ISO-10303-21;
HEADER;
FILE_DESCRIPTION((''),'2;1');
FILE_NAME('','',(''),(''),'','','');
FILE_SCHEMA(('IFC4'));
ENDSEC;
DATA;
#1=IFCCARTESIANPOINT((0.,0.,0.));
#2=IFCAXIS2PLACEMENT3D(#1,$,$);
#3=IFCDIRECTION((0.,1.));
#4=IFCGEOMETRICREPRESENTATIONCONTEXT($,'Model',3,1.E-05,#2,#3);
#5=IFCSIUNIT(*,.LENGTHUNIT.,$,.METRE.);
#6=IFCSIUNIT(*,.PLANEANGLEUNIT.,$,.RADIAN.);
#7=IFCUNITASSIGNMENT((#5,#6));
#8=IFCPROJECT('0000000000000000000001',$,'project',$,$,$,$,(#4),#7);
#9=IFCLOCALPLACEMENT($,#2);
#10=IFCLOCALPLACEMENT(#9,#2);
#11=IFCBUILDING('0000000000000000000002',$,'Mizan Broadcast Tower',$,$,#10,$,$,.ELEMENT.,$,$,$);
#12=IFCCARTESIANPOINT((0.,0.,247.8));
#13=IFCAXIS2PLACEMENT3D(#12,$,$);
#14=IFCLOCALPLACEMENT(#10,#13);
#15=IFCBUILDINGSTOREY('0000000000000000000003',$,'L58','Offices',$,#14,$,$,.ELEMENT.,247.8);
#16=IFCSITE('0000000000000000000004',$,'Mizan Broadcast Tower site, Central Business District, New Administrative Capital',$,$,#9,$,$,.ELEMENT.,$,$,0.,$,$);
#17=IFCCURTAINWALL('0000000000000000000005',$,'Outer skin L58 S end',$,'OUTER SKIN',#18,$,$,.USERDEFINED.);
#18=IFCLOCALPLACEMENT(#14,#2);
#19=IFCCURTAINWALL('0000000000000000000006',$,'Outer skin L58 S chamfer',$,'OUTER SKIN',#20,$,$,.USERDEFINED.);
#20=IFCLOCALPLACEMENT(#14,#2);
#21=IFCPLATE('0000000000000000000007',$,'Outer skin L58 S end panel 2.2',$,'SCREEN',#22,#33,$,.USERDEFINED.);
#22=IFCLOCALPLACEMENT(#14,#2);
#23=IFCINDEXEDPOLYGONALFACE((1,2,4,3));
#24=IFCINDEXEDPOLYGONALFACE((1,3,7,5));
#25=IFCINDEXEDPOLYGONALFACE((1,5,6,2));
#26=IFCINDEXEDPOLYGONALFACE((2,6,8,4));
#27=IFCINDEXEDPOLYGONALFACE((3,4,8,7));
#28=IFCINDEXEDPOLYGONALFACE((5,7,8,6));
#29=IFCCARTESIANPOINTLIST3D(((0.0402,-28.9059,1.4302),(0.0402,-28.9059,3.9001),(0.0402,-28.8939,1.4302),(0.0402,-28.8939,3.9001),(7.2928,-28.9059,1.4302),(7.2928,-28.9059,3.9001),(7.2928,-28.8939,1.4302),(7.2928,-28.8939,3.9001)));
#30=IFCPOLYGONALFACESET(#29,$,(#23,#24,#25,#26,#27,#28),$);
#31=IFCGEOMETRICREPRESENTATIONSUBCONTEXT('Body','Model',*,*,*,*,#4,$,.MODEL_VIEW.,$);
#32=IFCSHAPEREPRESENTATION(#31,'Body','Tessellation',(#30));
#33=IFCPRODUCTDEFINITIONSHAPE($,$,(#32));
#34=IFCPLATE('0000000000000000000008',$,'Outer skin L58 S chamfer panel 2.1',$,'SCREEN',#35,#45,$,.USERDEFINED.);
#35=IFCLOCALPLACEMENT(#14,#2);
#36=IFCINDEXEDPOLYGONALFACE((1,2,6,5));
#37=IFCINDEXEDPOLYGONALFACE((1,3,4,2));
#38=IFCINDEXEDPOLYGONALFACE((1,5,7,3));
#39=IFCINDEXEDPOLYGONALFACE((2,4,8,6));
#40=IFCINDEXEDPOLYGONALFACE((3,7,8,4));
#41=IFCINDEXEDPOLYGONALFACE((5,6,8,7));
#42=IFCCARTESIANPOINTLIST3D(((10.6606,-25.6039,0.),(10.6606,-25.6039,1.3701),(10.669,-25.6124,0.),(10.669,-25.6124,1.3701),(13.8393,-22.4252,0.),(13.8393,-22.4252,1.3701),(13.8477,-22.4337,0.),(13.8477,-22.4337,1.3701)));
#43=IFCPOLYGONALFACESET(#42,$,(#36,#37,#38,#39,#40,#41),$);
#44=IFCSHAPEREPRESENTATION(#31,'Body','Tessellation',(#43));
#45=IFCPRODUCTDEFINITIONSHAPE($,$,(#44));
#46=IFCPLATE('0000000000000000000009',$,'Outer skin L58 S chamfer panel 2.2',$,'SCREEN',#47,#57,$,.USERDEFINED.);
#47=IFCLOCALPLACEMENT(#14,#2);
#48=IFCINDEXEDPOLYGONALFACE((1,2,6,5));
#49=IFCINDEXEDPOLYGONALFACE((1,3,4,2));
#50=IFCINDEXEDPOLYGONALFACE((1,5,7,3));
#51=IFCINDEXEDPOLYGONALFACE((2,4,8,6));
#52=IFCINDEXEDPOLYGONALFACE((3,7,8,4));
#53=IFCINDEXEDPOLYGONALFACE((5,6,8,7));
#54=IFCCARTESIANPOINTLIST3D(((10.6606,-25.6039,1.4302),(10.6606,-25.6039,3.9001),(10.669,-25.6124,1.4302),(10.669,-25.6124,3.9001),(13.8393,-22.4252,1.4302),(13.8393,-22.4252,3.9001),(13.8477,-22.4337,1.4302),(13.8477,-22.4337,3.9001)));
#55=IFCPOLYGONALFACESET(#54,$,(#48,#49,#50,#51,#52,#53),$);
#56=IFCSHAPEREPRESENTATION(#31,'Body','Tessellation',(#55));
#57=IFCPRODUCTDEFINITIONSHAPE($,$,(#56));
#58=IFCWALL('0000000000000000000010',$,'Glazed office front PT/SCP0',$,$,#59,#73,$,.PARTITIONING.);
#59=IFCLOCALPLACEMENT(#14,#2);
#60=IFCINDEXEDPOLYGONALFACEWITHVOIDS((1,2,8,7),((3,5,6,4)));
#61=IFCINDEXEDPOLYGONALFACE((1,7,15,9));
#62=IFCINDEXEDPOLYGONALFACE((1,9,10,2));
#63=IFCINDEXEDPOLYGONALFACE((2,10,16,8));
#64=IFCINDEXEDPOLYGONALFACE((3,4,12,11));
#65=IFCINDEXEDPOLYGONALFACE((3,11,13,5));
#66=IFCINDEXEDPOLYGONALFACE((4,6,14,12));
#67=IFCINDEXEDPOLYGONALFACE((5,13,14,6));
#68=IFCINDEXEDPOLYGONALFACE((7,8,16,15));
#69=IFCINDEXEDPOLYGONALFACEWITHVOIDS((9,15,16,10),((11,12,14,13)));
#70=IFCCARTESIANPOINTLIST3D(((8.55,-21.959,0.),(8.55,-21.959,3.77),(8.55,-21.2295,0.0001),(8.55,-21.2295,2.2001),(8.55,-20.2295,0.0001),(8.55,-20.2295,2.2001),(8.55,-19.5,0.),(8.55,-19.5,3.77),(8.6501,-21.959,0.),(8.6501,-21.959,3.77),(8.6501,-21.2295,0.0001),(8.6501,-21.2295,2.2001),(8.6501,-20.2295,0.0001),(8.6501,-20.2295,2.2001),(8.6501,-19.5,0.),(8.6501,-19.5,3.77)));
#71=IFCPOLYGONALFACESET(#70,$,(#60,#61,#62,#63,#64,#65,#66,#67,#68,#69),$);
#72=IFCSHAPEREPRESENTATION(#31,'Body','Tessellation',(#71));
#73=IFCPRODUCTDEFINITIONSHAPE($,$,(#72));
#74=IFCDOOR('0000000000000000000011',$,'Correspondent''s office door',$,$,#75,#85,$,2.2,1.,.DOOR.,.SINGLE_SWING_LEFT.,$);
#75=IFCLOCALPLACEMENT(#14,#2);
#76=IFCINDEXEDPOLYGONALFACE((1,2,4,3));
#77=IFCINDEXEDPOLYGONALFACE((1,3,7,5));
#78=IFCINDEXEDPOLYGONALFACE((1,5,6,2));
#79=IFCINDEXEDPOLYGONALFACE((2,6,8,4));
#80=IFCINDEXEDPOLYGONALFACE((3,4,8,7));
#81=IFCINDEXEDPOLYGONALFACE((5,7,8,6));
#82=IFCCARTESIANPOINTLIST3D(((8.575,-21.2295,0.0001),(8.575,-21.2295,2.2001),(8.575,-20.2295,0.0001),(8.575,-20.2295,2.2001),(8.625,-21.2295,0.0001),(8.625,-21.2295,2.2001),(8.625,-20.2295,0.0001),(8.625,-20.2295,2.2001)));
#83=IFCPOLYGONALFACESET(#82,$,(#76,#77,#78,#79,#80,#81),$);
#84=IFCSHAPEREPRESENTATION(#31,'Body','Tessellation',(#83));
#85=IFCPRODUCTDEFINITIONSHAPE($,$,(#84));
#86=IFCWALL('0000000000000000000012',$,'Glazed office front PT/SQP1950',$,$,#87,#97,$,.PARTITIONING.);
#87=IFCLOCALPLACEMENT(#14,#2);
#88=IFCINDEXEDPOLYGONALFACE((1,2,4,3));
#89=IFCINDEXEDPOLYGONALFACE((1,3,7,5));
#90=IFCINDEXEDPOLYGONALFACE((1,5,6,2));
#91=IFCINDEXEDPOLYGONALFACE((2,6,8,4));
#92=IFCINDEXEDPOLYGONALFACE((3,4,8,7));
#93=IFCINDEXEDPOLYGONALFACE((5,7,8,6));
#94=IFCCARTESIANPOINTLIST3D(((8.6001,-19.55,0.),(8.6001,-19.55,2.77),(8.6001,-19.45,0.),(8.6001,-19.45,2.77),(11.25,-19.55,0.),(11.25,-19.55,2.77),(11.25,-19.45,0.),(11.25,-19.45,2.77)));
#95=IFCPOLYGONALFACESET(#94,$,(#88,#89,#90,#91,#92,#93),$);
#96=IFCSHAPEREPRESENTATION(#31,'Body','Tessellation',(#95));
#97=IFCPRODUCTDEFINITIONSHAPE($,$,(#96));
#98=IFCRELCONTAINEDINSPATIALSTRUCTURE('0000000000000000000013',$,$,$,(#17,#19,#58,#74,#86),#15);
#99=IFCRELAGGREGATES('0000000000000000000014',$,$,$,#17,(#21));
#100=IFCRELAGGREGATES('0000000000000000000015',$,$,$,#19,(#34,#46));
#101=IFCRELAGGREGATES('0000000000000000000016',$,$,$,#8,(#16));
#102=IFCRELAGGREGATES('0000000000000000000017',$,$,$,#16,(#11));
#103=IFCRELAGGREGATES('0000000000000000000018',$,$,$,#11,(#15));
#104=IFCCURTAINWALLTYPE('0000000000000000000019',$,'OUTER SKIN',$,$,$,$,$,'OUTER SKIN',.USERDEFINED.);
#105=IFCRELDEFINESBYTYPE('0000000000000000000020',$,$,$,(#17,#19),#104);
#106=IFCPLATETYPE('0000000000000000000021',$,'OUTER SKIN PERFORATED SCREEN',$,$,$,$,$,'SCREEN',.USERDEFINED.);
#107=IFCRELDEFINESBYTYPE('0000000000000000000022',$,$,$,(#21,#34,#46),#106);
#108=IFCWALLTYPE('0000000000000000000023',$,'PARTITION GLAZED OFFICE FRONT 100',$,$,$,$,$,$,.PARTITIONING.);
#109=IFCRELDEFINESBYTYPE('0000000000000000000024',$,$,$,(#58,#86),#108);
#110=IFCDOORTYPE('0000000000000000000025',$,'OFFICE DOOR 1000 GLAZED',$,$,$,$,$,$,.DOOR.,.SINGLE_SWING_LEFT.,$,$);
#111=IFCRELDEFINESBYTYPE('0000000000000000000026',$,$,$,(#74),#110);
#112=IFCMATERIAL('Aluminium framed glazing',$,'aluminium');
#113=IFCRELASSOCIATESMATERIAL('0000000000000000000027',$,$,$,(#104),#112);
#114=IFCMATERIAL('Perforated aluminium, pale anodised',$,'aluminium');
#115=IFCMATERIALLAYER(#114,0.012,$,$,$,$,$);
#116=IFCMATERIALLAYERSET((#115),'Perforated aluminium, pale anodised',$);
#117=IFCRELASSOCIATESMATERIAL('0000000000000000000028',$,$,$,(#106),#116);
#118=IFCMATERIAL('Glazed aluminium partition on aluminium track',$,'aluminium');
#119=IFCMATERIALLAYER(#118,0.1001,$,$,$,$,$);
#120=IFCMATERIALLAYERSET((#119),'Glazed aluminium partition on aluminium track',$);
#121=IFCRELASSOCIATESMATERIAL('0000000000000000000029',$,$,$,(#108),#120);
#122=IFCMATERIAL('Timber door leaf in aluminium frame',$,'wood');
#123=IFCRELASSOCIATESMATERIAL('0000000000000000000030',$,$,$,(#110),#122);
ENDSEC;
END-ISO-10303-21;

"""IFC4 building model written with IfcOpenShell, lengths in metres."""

from ifc_helpers import new_model, si_unit, direction, frame, frame_2d, origin, origin_2d, place, context, subcontext, project, spatial, rectangle, extrude, material, layer, layer_set, type_object, element, fill, aggregate, save


model = new_model("IFC4")

# Units and contexts
model_context = context("Model", 3, precision=1e-05, world=origin(), true_north=direction((0.0, 1.0)))
body_context = subcontext(model_context, "Body", "Model", "MODEL_VIEW")
ifc_project = project(units=[si_unit("LENGTHUNIT", "METRE"), si_unit("PLANEANGLEUNIT", "RADIAN")], contexts=[model_context])

# Site, building, storey
site_placement = place(None, origin())
site = spatial("IfcSite", under=ifc_project, at=site_placement, Name="Mizan Broadcast Tower site, Central Business District, New Administrative Capital", CompositionType="ELEMENT", RefElevation=0.0)
building_placement = place(site_placement, origin())
building = spatial("IfcBuilding", under=site, at=building_placement, Name="Mizan Broadcast Tower", CompositionType="ELEMENT")
storey_placement = place(building_placement, frame((0.0, 0.0, 247.8)))
storey = spatial("IfcBuildingStorey", under=building, at=storey_placement, Name="L58", Description="Offices", CompositionType="ELEMENT", Elevation=247.8)

# Curtain wall
ifc_material_1 = material(Name="Aluminium framed glazing", Category="aluminium")
curtain_wall_type_1 = type_object("IfcCurtainWallType", Name="OUTER SKIN", ElementType="OUTER SKIN", PredefinedType="USERDEFINED", material=ifc_material_1)
curtain_wall_1_placement = place(storey_placement, origin())
curtain_wall_1 = element("IfcCurtainWall", 1, at=curtain_wall_1_placement, inside=storey, type_object=curtain_wall_type_1, Name="Outer skin L58 S end", ObjectType="OUTER SKIN", PredefinedType="USERDEFINED")

# Curtain wall
curtain_wall_2_placement = place(storey_placement, origin())
curtain_wall_2 = element("IfcCurtainWall", 2, at=curtain_wall_2_placement, inside=storey, type_object=curtain_wall_type_1, Name="Outer skin L58 S chamfer", ObjectType="OUTER SKIN", PredefinedType="USERDEFINED")

# Plates
ifc_material_2 = material(Name="Perforated aluminium, pale anodised", Category="aluminium")
ifc_layer_1 = layer(ifc_material_2, 0.012)
ifc_layer_set_1 = layer_set([ifc_layer_1], Name="Perforated aluminium, pale anodised")
plate_type_1 = type_object("IfcPlateType", Name="OUTER SKIN PERFORATED SCREEN", ElementType="SCREEN", PredefinedType="USERDEFINED", material=ifc_layer_set_1)
plate_1_placement = place(storey_placement, frame((3.6665, -28.8999, 1.4302), z_axis=(0.0, 0.0, 1.0), x_axis=(1.0, 0.0, 0.0)))
plate_1 = element("IfcPlate", 3, at=plate_1_placement, type_object=plate_type_1, Name="Outer skin L58 S end panel 2.2", ObjectType="SCREEN", PredefinedType="USERDEFINED", context=body_context, shape_type="SweptSolid", body=[
    extrude(rectangle(XDim=7.2527, YDim=0.012, at=origin_2d()), origin(), (0.0, 0.0, 1.0), 2.47),
])
aggregate(curtain_wall_1, [plate_1])
plate_2_placement = place(storey_placement, frame((12.2542, -24.0188, 0.0), z_axis=(0.0, 0.0, 1.0), x_axis=(0.707107, 0.707107, 0.0)))
plate_2 = element("IfcPlate", 4, at=plate_2_placement, type_object=plate_type_1, Name="Outer skin L58 S chamfer panel 2.1", ObjectType="SCREEN", PredefinedType="USERDEFINED", context=body_context, shape_type="SweptSolid", body=[
    extrude(rectangle(XDim=4.4954, YDim=0.012, at=origin_2d()), origin(), (0.0, 0.0, 1.0), 1.3701),
])
plate_3_placement = place(storey_placement, frame((12.2542, -24.0188, 1.4302), z_axis=(0.0, 0.0, 1.0), x_axis=(0.707107, 0.707107, 0.0)))
plate_3 = element("IfcPlate", 5, at=plate_3_placement, type_object=plate_type_1, Name="Outer skin L58 S chamfer panel 2.2", ObjectType="SCREEN", PredefinedType="USERDEFINED", context=body_context, shape_type="SweptSolid", body=[
    extrude(rectangle(XDim=4.4954, YDim=0.012, at=origin_2d()), origin(), (0.0, 0.0, 1.0), 2.47),
])
aggregate(curtain_wall_2, [plate_2, plate_3])

# Wall, opening, door
ifc_material_3 = material(Name="Glazed aluminium partition on aluminium track", Category="aluminium")
ifc_layer_2 = layer(ifc_material_3, 0.1001)
ifc_layer_set_2 = layer_set([ifc_layer_2], Name="Glazed aluminium partition on aluminium track")
wall_type = type_object("IfcWallType", Name="PARTITION GLAZED OFFICE FRONT 100", PredefinedType="PARTITIONING", material=ifc_layer_set_2)
wall_1_placement = place(storey_placement, frame((8.6001, -19.5, 0.0), z_axis=(0.0, 0.0, 1.0), x_axis=(0.0, -1.0, 0.0)))
wall_1 = element("IfcWall", 6, at=wall_1_placement, inside=storey, type_object=wall_type, Name="Glazed office front PT/SCP0", PredefinedType="PARTITIONING", context=body_context, shape_type="SweptSolid", body=[
    extrude(rectangle(XDim=2.459, YDim=0.1001, at=frame_2d((1.2295, 0.0))), origin(), (0.0, 0.0, 1.0), 3.77),
])
opening_placement = place(wall_1_placement, frame((0.7295, 0.0, 0.0)))
opening = element("IfcOpeningElement", 7, at=opening_placement, cuts=wall_1, PredefinedType="OPENING", context=body_context, shape_type="SweptSolid", body=[
    extrude(rectangle(XDim=1.0, YDim=2.2, at=frame_2d((0.5, 1.1001))), frame((0.0, 0.0601, 0.0), z_axis=(0.0, -1.0, 0.0), x_axis=(1.0, 0.0, 0.0)), (0.0, 0.0, 1.0), 0.1201),
])
ifc_material_4 = material(Name="Timber door leaf in aluminium frame", Category="wood")
door_type = type_object("IfcDoorType", Name="OFFICE DOOR 1000 GLAZED", OperationType="SINGLE_SWING_LEFT", PredefinedType="DOOR", material=ifc_material_4)
door_placement = place(opening_placement, origin())
door = element("IfcDoor", 8, at=door_placement, inside=storey, type_object=door_type, Name="Correspondent's office door", OperationType="SINGLE_SWING_LEFT", OverallHeight=2.2, OverallWidth=1.0, PredefinedType="DOOR", context=body_context, shape_type="SweptSolid", body=[
    extrude(rectangle(XDim=1.0, YDim=2.2, at=frame_2d((0.5, 1.1001))), frame((0.0, 0.0249, 0.0), z_axis=(0.0, -1.0, 0.0), x_axis=(1.0, 0.0, 0.0)), (0.0, 0.0, 1.0), 0.05),
])
fill(opening, door)

# Wall
wall_2_placement = place(storey_placement, frame((8.6001, -19.5, 0.0), z_axis=(0.0, 0.0, 1.0), x_axis=(1.0, 0.0, 0.0)))
element("IfcWall", 9, at=wall_2_placement, inside=storey, type_object=wall_type, Name="Glazed office front PT/SQP1950", PredefinedType="PARTITIONING", context=body_context, shape_type="SweptSolid", body=[
    extrude(rectangle(XDim=2.6499, YDim=0.1001, at=frame_2d((1.325, 0.0))), origin(), (0.0, 0.0, 1.0), 2.77),
])

save(model, "model.ifc")
